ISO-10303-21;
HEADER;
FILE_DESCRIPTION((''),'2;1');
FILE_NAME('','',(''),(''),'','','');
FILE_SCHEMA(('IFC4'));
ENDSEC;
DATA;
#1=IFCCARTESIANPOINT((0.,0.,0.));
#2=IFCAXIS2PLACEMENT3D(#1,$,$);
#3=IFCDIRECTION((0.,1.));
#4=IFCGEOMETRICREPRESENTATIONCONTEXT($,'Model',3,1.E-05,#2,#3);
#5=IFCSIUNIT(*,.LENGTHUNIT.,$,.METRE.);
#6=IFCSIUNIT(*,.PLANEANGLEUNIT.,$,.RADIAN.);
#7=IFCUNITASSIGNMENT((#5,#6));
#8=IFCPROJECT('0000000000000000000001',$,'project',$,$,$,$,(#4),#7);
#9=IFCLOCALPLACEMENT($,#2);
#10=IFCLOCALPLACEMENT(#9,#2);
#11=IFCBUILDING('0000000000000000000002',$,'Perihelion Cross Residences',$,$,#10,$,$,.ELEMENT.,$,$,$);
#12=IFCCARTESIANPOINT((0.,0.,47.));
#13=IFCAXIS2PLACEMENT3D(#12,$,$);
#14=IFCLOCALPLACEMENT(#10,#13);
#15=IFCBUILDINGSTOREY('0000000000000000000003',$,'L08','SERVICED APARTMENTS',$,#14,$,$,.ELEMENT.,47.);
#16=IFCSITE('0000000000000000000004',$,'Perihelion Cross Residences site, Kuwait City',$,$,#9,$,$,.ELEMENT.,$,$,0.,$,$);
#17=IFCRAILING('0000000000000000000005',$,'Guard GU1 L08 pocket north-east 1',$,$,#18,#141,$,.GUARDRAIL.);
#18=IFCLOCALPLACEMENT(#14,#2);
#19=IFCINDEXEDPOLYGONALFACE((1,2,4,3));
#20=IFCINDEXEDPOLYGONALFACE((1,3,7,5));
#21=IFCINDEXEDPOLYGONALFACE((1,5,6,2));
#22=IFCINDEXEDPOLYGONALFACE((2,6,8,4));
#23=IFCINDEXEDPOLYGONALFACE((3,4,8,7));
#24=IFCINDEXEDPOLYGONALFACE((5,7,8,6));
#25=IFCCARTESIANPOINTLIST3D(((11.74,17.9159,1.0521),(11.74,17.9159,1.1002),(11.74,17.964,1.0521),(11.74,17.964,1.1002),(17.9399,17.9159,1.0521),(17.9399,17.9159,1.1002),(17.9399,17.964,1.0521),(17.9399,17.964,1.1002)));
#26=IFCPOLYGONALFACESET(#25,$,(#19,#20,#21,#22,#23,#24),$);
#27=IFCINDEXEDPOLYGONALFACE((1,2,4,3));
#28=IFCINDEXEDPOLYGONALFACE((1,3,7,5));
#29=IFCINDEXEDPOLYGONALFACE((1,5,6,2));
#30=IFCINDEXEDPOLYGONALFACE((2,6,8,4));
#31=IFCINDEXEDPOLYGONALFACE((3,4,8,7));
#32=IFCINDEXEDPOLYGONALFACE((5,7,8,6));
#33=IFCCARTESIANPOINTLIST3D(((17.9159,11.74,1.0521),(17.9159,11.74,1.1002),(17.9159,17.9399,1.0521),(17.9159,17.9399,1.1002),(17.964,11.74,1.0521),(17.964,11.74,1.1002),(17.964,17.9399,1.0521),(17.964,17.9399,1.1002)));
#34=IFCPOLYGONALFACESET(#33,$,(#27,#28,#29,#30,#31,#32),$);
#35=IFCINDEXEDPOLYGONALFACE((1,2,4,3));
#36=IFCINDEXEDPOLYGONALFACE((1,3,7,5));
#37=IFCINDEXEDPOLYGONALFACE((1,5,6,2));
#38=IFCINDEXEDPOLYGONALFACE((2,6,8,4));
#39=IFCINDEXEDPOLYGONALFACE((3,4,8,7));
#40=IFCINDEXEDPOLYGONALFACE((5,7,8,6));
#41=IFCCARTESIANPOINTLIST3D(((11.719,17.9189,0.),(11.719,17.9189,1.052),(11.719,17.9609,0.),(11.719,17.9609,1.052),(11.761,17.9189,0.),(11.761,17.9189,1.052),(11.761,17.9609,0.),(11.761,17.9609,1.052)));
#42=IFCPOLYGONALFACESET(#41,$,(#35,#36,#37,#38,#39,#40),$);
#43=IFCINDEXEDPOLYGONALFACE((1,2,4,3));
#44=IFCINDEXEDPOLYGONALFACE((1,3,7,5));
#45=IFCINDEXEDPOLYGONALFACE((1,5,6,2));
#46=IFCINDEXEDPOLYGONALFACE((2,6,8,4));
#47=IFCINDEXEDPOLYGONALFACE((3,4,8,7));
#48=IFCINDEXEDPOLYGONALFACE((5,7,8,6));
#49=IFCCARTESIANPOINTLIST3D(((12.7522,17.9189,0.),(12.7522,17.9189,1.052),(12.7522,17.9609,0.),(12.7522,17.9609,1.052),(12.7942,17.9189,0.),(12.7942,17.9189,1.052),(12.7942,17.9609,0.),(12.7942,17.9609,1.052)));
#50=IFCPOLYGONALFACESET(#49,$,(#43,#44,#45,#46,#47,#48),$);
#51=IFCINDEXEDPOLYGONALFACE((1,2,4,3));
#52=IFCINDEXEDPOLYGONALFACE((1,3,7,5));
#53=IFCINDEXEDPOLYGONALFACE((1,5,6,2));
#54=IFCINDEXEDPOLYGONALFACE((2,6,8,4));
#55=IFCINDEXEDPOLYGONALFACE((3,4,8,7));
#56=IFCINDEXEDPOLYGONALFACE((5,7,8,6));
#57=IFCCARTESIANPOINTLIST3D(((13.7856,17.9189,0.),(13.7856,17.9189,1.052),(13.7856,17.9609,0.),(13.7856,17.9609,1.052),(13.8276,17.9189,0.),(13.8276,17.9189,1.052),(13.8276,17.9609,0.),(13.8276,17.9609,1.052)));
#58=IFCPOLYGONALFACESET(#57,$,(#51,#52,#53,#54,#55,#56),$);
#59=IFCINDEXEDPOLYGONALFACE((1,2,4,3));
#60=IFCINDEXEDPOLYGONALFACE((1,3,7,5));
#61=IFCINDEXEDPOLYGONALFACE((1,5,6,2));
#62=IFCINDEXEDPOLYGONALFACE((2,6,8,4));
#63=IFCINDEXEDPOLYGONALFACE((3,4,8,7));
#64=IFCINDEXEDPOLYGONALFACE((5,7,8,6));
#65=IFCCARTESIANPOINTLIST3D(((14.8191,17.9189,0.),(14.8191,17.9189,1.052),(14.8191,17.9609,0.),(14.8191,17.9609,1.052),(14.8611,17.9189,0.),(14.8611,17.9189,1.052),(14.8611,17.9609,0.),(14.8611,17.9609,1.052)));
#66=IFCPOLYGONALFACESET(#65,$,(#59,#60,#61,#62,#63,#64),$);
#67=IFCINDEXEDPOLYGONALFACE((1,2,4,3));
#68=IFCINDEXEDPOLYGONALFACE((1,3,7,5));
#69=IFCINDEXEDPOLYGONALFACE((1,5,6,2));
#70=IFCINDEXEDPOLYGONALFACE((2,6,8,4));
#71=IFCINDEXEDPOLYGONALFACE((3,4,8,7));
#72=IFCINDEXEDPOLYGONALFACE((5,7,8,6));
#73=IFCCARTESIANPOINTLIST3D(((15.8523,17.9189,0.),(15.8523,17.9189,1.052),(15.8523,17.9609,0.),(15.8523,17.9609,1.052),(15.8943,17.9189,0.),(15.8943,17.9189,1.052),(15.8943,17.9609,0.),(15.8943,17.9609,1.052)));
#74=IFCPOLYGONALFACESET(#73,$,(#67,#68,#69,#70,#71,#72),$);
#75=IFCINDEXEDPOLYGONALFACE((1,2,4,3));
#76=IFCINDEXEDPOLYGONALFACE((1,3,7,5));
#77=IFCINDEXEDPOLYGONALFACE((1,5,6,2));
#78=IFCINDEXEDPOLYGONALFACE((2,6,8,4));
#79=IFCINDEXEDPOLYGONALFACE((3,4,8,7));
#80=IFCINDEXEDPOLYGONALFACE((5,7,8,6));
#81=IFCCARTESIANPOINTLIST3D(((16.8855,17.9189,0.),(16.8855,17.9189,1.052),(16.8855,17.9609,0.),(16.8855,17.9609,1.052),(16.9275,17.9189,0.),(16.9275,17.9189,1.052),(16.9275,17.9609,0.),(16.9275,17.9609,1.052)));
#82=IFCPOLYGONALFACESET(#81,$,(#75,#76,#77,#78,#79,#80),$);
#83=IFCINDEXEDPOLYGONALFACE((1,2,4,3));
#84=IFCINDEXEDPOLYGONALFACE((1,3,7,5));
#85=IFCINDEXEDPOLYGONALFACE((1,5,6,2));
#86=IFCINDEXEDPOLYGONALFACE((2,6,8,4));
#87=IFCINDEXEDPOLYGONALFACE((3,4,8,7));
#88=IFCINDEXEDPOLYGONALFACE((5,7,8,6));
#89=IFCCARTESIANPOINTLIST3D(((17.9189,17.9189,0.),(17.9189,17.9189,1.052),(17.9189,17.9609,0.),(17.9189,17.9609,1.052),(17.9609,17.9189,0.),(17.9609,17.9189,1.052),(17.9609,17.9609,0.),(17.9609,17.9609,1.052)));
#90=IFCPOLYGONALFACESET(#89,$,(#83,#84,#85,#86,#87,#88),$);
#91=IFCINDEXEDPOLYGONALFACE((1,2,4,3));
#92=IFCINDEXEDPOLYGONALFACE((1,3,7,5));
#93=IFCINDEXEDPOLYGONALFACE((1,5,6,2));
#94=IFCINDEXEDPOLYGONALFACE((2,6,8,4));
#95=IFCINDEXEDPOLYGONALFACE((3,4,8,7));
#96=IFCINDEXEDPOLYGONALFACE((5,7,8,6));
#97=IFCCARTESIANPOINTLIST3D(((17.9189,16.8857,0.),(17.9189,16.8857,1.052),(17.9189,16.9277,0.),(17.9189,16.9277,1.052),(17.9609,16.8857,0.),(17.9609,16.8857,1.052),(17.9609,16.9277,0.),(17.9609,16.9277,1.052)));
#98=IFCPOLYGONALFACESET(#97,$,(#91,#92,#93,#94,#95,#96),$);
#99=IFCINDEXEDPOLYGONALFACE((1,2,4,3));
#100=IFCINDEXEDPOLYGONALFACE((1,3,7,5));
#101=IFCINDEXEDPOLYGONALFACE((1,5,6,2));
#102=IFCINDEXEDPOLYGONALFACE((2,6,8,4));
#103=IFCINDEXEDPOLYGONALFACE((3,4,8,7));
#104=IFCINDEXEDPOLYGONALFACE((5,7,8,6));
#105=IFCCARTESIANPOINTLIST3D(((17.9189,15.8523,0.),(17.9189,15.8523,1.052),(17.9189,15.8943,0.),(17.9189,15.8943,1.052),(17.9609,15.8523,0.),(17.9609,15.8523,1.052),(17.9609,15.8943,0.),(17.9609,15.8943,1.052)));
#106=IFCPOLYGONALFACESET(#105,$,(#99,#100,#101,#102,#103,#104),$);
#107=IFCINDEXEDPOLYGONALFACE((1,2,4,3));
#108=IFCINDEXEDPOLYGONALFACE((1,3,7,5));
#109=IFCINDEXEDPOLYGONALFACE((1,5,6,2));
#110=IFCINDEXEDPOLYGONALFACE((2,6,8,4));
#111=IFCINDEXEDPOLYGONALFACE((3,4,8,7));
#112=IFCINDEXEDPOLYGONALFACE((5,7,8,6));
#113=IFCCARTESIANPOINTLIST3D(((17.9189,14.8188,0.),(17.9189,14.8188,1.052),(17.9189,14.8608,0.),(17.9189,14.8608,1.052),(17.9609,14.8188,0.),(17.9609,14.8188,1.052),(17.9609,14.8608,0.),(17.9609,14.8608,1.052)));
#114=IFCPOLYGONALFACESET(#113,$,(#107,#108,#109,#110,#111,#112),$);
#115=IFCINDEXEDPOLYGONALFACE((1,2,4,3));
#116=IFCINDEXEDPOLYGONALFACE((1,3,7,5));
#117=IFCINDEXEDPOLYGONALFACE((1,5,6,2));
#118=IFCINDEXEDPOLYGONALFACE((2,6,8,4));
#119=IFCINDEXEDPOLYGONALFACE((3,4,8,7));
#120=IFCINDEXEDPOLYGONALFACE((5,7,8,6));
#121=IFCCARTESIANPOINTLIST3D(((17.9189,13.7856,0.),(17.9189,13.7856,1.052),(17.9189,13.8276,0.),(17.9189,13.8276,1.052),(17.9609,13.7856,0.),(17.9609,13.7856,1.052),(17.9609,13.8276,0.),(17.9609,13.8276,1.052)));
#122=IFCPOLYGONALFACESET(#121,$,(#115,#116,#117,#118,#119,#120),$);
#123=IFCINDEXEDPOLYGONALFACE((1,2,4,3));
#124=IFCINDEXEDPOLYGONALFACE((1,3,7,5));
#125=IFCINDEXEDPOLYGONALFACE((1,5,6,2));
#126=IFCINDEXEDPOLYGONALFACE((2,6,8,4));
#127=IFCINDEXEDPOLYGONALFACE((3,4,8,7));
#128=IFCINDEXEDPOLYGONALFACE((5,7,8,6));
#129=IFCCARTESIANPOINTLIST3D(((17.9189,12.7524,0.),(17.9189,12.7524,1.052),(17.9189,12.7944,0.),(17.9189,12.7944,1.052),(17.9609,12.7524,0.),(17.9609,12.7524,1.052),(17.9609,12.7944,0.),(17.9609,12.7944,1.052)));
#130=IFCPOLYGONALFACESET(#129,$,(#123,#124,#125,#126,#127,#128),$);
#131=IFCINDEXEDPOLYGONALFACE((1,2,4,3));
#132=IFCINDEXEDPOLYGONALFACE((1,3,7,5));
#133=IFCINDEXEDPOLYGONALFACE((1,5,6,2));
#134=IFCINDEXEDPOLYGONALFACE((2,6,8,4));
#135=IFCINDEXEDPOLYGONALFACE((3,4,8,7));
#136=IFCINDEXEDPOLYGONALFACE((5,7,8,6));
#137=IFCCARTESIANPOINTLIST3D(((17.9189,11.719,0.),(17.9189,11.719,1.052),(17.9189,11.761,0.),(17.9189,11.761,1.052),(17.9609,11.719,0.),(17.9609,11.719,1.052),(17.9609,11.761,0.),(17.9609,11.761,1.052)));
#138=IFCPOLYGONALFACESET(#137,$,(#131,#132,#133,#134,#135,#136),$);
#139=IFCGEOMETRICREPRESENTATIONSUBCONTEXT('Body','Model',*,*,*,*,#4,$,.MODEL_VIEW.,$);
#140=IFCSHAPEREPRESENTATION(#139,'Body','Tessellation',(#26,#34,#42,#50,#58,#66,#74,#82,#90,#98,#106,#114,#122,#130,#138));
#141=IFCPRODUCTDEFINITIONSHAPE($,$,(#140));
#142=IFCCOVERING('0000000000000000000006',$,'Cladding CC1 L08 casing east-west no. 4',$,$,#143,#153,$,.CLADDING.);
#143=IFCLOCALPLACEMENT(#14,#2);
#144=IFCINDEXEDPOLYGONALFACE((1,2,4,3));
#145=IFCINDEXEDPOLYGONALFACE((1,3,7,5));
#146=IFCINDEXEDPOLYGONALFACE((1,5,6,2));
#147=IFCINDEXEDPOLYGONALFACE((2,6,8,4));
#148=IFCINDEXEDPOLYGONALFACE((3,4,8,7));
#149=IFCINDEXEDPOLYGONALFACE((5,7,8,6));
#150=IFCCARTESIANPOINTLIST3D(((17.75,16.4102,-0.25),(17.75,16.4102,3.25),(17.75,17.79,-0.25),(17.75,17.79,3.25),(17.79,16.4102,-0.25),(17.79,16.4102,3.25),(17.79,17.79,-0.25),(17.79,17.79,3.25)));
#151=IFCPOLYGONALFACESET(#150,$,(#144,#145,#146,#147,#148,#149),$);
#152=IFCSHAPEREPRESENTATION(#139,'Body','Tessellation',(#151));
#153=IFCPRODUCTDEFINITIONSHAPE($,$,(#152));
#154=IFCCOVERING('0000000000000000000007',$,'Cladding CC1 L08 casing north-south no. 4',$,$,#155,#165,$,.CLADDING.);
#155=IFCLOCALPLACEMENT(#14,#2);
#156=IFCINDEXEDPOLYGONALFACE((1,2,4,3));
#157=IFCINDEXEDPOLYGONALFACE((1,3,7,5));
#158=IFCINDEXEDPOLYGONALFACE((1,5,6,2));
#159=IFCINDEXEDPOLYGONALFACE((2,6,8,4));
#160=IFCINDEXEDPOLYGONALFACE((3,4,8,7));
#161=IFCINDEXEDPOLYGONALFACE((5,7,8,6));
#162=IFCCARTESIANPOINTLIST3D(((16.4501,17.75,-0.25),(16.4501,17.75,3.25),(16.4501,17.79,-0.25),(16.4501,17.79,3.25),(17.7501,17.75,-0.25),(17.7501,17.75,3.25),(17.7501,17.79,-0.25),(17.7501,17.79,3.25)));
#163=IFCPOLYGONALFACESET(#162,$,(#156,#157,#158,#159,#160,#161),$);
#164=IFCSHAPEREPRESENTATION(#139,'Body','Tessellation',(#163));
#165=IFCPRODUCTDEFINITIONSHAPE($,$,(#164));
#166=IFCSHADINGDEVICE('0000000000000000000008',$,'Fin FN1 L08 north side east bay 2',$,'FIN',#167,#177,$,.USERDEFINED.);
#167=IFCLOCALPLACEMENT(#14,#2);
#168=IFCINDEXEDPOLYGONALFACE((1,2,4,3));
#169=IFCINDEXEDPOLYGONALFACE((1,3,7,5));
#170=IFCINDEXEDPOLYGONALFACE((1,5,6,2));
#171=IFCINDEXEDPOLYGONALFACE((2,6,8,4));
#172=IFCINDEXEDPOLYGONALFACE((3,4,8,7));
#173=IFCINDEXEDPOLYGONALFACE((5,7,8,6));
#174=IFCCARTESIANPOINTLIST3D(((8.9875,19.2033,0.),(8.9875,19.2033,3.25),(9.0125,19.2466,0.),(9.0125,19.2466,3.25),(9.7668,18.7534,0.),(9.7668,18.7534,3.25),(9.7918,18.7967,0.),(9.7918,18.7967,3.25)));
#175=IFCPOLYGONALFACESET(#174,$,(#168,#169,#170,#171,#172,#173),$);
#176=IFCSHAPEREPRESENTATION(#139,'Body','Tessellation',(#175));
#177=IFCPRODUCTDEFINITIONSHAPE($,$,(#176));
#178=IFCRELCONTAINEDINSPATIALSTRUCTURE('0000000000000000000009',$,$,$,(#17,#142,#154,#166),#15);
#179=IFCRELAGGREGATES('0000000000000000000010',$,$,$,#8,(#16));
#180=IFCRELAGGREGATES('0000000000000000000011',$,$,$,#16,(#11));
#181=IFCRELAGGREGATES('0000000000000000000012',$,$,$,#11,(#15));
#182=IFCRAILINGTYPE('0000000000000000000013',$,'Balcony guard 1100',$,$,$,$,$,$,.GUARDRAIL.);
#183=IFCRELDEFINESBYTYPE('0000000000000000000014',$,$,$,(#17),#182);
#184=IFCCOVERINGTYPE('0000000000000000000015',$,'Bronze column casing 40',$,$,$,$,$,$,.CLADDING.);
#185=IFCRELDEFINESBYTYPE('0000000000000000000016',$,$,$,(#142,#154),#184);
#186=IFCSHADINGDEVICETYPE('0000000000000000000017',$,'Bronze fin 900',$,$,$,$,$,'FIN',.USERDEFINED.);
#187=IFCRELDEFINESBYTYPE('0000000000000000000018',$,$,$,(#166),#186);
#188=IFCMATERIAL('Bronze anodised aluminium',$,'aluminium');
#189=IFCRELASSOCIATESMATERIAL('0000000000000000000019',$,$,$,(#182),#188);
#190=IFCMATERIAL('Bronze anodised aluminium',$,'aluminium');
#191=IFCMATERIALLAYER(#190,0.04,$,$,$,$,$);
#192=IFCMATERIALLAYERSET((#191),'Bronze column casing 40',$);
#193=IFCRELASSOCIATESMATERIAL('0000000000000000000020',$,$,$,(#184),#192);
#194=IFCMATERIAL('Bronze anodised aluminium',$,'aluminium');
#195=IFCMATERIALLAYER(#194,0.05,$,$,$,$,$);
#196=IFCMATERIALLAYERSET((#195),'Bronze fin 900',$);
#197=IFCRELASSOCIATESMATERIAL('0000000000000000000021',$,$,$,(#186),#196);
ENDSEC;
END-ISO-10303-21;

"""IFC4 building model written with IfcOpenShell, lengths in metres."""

from ifc_helpers import new_model, si_unit, direction, frame, origin, origin_2d, place, context, subcontext, project, spatial, rectangle, extrude, material, layer, layer_set, type_object, element, save


model = new_model("IFC4")

# Units and contexts
model_context = context("Model", 3, precision=1e-05, world=origin(), true_north=direction((0.0, 1.0)))
body_context = subcontext(model_context, "Body", "Model", "MODEL_VIEW")
ifc_project = project(units=[si_unit("LENGTHUNIT", "METRE"), si_unit("PLANEANGLEUNIT", "RADIAN")], contexts=[model_context])

# Site, building, storey
site_placement = place(None, origin())
site = spatial("IfcSite", under=ifc_project, at=site_placement, Name="Perihelion Cross Residences site, Kuwait City", CompositionType="ELEMENT", RefElevation=0.0)
building_placement = place(site_placement, origin())
building = spatial("IfcBuilding", under=site, at=building_placement, Name="Perihelion Cross Residences", CompositionType="ELEMENT")
storey_placement = place(building_placement, frame((0.0, 0.0, 47.0)))
storey = spatial("IfcBuildingStorey", under=building, at=storey_placement, Name="L08", Description="SERVICED APARTMENTS", CompositionType="ELEMENT", Elevation=47.0)

# Railing
ifc_material_1 = material(Name="Bronze anodised aluminium", Category="aluminium")
railing_type = type_object("IfcRailingType", Name="Balcony guard 1100", PredefinedType="GUARDRAIL", material=ifc_material_1)
railing_1_placement = place(storey_placement, frame((11.74, 17.9399, 0.0)))
element("IfcRailing", 1, at=railing_1_placement, inside=storey, type_object=railing_type, Name="Guard GU1 L08 pocket north-east 1", PredefinedType="GUARDRAIL", context=body_context, shape_type="SweptSolid", body=[
    extrude(rectangle(XDim=0.0481, YDim=0.0481, at=origin_2d()), frame((0.0, 0.0, 1.0762), z_axis=(1.0, 0.0, 0.0), x_axis=(0.0, 1.0, 0.0)), (0.0, 0.0, 1.0), 6.2),
    extrude(rectangle(XDim=0.0481, YDim=0.0481, at=origin_2d()), frame((6.2, 0.0, 1.0762), z_axis=(0.0, -1.0, 0.0), x_axis=(1.0, 0.0, 0.0)), (0.0, 0.0, 1.0), 6.2),
    extrude(rectangle(XDim=0.042, YDim=0.042, at=origin_2d()), origin(), (0.0, 0.0, 1.0), 1.052),
    extrude(rectangle(XDim=0.042, YDim=0.042, at=origin_2d()), frame((1.0332, 0.0, 0.0)), (0.0, 0.0, 1.0), 1.052),
    extrude(rectangle(XDim=0.042, YDim=0.042, at=origin_2d()), frame((2.0667, 0.0, 0.0)), (0.0, 0.0, 1.0), 1.052),
    extrude(rectangle(XDim=0.042, YDim=0.042, at=origin_2d()), frame((3.1001, 0.0, 0.0)), (0.0, 0.0, 1.0), 1.052),
    extrude(rectangle(XDim=0.042, YDim=0.042, at=origin_2d()), frame((4.1333, 0.0, 0.0)), (0.0, 0.0, 1.0), 1.052),
    extrude(rectangle(XDim=0.042, YDim=0.042, at=origin_2d()), frame((5.1665, 0.0, 0.0)), (0.0, 0.0, 1.0), 1.052),
    extrude(rectangle(XDim=0.042, YDim=0.042, at=origin_2d()), frame((6.2, 0.0, 0.0)), (0.0, 0.0, 1.0), 1.052),
    extrude(rectangle(XDim=0.042, YDim=0.042, at=origin_2d()), frame((6.2, -1.0332, 0.0)), (0.0, 0.0, 1.0), 1.052),
    extrude(rectangle(XDim=0.042, YDim=0.042, at=origin_2d()), frame((6.2, -2.0667, 0.0)), (0.0, 0.0, 1.0), 1.052),
    extrude(rectangle(XDim=0.042, YDim=0.042, at=origin_2d()), frame((6.2, -3.1001, 0.0)), (0.0, 0.0, 1.0), 1.052),
    extrude(rectangle(XDim=0.042, YDim=0.042, at=origin_2d()), frame((6.2, -4.1333, 0.0)), (0.0, 0.0, 1.0), 1.052),
    extrude(rectangle(XDim=0.042, YDim=0.042, at=origin_2d()), frame((6.2, -5.1665, 0.0)), (0.0, 0.0, 1.0), 1.052),
    extrude(rectangle(XDim=0.042, YDim=0.042, at=origin_2d()), frame((6.2, -6.2, 0.0)), (0.0, 0.0, 1.0), 1.052),
])

# Coverings
ifc_material_2 = material(Name="Bronze anodised aluminium", Category="aluminium")
ifc_layer_1 = layer(ifc_material_2, 0.04)
ifc_layer_set_1 = layer_set([ifc_layer_1], Name="Bronze column casing 40")
covering_type = type_object("IfcCoveringType", Name="Bronze column casing 40", PredefinedType="CLADDING", material=ifc_layer_set_1)
covering_1_placement = place(storey_placement, frame((17.77, 17.1001, -0.25), z_axis=(0.0, 0.0, 1.0), x_axis=(1.0, 0.0, 0.0)))
element("IfcCovering", 2, at=covering_1_placement, inside=storey, type_object=covering_type, Name="Cladding CC1 L08 casing east-west no. 4", PredefinedType="CLADDING", context=body_context, shape_type="SweptSolid", body=[
    extrude(rectangle(XDim=0.04, YDim=1.3799, at=origin_2d()), origin(), (0.0, 0.0, 1.0), 3.5),
])
covering_2_placement = place(storey_placement, frame((17.1001, 17.77, -0.25), z_axis=(0.0, 0.0, 1.0), x_axis=(1.0, 0.0, 0.0)))
element("IfcCovering", 3, at=covering_2_placement, inside=storey, type_object=covering_type, Name="Cladding CC1 L08 casing north-south no. 4", PredefinedType="CLADDING", context=body_context, shape_type="SweptSolid", body=[
    extrude(rectangle(XDim=1.3, YDim=0.04, at=origin_2d()), origin(), (0.0, 0.0, 1.0), 3.5),
])

# Shading device
ifc_material_3 = material(Name="Bronze anodised aluminium", Category="aluminium")
ifc_layer_2 = layer(ifc_material_3, 0.05)
ifc_layer_set_2 = layer_set([ifc_layer_2], Name="Bronze fin 900")
shading_device_type = type_object("IfcShadingDeviceType", Name="Bronze fin 900", ElementType="FIN", PredefinedType="USERDEFINED", material=ifc_layer_set_2)
shading_device_placement = place(storey_placement, frame((9.3896, 19.0, 0.0), z_axis=(0.0, 0.0, 1.0), x_axis=(0.866025, -0.5, 0.0)))
element("IfcShadingDevice", 4, at=shading_device_placement, inside=storey, type_object=shading_device_type, Name="Fin FN1 L08 north side east bay 2", ObjectType="FIN", PredefinedType="USERDEFINED", context=body_context, shape_type="SweptSolid", body=[
    extrude(rectangle(XDim=0.8999, YDim=0.05, at=origin_2d()), origin(), (0.0, 0.0, 1.0), 3.25),
])

save(model, "model.ifc")
